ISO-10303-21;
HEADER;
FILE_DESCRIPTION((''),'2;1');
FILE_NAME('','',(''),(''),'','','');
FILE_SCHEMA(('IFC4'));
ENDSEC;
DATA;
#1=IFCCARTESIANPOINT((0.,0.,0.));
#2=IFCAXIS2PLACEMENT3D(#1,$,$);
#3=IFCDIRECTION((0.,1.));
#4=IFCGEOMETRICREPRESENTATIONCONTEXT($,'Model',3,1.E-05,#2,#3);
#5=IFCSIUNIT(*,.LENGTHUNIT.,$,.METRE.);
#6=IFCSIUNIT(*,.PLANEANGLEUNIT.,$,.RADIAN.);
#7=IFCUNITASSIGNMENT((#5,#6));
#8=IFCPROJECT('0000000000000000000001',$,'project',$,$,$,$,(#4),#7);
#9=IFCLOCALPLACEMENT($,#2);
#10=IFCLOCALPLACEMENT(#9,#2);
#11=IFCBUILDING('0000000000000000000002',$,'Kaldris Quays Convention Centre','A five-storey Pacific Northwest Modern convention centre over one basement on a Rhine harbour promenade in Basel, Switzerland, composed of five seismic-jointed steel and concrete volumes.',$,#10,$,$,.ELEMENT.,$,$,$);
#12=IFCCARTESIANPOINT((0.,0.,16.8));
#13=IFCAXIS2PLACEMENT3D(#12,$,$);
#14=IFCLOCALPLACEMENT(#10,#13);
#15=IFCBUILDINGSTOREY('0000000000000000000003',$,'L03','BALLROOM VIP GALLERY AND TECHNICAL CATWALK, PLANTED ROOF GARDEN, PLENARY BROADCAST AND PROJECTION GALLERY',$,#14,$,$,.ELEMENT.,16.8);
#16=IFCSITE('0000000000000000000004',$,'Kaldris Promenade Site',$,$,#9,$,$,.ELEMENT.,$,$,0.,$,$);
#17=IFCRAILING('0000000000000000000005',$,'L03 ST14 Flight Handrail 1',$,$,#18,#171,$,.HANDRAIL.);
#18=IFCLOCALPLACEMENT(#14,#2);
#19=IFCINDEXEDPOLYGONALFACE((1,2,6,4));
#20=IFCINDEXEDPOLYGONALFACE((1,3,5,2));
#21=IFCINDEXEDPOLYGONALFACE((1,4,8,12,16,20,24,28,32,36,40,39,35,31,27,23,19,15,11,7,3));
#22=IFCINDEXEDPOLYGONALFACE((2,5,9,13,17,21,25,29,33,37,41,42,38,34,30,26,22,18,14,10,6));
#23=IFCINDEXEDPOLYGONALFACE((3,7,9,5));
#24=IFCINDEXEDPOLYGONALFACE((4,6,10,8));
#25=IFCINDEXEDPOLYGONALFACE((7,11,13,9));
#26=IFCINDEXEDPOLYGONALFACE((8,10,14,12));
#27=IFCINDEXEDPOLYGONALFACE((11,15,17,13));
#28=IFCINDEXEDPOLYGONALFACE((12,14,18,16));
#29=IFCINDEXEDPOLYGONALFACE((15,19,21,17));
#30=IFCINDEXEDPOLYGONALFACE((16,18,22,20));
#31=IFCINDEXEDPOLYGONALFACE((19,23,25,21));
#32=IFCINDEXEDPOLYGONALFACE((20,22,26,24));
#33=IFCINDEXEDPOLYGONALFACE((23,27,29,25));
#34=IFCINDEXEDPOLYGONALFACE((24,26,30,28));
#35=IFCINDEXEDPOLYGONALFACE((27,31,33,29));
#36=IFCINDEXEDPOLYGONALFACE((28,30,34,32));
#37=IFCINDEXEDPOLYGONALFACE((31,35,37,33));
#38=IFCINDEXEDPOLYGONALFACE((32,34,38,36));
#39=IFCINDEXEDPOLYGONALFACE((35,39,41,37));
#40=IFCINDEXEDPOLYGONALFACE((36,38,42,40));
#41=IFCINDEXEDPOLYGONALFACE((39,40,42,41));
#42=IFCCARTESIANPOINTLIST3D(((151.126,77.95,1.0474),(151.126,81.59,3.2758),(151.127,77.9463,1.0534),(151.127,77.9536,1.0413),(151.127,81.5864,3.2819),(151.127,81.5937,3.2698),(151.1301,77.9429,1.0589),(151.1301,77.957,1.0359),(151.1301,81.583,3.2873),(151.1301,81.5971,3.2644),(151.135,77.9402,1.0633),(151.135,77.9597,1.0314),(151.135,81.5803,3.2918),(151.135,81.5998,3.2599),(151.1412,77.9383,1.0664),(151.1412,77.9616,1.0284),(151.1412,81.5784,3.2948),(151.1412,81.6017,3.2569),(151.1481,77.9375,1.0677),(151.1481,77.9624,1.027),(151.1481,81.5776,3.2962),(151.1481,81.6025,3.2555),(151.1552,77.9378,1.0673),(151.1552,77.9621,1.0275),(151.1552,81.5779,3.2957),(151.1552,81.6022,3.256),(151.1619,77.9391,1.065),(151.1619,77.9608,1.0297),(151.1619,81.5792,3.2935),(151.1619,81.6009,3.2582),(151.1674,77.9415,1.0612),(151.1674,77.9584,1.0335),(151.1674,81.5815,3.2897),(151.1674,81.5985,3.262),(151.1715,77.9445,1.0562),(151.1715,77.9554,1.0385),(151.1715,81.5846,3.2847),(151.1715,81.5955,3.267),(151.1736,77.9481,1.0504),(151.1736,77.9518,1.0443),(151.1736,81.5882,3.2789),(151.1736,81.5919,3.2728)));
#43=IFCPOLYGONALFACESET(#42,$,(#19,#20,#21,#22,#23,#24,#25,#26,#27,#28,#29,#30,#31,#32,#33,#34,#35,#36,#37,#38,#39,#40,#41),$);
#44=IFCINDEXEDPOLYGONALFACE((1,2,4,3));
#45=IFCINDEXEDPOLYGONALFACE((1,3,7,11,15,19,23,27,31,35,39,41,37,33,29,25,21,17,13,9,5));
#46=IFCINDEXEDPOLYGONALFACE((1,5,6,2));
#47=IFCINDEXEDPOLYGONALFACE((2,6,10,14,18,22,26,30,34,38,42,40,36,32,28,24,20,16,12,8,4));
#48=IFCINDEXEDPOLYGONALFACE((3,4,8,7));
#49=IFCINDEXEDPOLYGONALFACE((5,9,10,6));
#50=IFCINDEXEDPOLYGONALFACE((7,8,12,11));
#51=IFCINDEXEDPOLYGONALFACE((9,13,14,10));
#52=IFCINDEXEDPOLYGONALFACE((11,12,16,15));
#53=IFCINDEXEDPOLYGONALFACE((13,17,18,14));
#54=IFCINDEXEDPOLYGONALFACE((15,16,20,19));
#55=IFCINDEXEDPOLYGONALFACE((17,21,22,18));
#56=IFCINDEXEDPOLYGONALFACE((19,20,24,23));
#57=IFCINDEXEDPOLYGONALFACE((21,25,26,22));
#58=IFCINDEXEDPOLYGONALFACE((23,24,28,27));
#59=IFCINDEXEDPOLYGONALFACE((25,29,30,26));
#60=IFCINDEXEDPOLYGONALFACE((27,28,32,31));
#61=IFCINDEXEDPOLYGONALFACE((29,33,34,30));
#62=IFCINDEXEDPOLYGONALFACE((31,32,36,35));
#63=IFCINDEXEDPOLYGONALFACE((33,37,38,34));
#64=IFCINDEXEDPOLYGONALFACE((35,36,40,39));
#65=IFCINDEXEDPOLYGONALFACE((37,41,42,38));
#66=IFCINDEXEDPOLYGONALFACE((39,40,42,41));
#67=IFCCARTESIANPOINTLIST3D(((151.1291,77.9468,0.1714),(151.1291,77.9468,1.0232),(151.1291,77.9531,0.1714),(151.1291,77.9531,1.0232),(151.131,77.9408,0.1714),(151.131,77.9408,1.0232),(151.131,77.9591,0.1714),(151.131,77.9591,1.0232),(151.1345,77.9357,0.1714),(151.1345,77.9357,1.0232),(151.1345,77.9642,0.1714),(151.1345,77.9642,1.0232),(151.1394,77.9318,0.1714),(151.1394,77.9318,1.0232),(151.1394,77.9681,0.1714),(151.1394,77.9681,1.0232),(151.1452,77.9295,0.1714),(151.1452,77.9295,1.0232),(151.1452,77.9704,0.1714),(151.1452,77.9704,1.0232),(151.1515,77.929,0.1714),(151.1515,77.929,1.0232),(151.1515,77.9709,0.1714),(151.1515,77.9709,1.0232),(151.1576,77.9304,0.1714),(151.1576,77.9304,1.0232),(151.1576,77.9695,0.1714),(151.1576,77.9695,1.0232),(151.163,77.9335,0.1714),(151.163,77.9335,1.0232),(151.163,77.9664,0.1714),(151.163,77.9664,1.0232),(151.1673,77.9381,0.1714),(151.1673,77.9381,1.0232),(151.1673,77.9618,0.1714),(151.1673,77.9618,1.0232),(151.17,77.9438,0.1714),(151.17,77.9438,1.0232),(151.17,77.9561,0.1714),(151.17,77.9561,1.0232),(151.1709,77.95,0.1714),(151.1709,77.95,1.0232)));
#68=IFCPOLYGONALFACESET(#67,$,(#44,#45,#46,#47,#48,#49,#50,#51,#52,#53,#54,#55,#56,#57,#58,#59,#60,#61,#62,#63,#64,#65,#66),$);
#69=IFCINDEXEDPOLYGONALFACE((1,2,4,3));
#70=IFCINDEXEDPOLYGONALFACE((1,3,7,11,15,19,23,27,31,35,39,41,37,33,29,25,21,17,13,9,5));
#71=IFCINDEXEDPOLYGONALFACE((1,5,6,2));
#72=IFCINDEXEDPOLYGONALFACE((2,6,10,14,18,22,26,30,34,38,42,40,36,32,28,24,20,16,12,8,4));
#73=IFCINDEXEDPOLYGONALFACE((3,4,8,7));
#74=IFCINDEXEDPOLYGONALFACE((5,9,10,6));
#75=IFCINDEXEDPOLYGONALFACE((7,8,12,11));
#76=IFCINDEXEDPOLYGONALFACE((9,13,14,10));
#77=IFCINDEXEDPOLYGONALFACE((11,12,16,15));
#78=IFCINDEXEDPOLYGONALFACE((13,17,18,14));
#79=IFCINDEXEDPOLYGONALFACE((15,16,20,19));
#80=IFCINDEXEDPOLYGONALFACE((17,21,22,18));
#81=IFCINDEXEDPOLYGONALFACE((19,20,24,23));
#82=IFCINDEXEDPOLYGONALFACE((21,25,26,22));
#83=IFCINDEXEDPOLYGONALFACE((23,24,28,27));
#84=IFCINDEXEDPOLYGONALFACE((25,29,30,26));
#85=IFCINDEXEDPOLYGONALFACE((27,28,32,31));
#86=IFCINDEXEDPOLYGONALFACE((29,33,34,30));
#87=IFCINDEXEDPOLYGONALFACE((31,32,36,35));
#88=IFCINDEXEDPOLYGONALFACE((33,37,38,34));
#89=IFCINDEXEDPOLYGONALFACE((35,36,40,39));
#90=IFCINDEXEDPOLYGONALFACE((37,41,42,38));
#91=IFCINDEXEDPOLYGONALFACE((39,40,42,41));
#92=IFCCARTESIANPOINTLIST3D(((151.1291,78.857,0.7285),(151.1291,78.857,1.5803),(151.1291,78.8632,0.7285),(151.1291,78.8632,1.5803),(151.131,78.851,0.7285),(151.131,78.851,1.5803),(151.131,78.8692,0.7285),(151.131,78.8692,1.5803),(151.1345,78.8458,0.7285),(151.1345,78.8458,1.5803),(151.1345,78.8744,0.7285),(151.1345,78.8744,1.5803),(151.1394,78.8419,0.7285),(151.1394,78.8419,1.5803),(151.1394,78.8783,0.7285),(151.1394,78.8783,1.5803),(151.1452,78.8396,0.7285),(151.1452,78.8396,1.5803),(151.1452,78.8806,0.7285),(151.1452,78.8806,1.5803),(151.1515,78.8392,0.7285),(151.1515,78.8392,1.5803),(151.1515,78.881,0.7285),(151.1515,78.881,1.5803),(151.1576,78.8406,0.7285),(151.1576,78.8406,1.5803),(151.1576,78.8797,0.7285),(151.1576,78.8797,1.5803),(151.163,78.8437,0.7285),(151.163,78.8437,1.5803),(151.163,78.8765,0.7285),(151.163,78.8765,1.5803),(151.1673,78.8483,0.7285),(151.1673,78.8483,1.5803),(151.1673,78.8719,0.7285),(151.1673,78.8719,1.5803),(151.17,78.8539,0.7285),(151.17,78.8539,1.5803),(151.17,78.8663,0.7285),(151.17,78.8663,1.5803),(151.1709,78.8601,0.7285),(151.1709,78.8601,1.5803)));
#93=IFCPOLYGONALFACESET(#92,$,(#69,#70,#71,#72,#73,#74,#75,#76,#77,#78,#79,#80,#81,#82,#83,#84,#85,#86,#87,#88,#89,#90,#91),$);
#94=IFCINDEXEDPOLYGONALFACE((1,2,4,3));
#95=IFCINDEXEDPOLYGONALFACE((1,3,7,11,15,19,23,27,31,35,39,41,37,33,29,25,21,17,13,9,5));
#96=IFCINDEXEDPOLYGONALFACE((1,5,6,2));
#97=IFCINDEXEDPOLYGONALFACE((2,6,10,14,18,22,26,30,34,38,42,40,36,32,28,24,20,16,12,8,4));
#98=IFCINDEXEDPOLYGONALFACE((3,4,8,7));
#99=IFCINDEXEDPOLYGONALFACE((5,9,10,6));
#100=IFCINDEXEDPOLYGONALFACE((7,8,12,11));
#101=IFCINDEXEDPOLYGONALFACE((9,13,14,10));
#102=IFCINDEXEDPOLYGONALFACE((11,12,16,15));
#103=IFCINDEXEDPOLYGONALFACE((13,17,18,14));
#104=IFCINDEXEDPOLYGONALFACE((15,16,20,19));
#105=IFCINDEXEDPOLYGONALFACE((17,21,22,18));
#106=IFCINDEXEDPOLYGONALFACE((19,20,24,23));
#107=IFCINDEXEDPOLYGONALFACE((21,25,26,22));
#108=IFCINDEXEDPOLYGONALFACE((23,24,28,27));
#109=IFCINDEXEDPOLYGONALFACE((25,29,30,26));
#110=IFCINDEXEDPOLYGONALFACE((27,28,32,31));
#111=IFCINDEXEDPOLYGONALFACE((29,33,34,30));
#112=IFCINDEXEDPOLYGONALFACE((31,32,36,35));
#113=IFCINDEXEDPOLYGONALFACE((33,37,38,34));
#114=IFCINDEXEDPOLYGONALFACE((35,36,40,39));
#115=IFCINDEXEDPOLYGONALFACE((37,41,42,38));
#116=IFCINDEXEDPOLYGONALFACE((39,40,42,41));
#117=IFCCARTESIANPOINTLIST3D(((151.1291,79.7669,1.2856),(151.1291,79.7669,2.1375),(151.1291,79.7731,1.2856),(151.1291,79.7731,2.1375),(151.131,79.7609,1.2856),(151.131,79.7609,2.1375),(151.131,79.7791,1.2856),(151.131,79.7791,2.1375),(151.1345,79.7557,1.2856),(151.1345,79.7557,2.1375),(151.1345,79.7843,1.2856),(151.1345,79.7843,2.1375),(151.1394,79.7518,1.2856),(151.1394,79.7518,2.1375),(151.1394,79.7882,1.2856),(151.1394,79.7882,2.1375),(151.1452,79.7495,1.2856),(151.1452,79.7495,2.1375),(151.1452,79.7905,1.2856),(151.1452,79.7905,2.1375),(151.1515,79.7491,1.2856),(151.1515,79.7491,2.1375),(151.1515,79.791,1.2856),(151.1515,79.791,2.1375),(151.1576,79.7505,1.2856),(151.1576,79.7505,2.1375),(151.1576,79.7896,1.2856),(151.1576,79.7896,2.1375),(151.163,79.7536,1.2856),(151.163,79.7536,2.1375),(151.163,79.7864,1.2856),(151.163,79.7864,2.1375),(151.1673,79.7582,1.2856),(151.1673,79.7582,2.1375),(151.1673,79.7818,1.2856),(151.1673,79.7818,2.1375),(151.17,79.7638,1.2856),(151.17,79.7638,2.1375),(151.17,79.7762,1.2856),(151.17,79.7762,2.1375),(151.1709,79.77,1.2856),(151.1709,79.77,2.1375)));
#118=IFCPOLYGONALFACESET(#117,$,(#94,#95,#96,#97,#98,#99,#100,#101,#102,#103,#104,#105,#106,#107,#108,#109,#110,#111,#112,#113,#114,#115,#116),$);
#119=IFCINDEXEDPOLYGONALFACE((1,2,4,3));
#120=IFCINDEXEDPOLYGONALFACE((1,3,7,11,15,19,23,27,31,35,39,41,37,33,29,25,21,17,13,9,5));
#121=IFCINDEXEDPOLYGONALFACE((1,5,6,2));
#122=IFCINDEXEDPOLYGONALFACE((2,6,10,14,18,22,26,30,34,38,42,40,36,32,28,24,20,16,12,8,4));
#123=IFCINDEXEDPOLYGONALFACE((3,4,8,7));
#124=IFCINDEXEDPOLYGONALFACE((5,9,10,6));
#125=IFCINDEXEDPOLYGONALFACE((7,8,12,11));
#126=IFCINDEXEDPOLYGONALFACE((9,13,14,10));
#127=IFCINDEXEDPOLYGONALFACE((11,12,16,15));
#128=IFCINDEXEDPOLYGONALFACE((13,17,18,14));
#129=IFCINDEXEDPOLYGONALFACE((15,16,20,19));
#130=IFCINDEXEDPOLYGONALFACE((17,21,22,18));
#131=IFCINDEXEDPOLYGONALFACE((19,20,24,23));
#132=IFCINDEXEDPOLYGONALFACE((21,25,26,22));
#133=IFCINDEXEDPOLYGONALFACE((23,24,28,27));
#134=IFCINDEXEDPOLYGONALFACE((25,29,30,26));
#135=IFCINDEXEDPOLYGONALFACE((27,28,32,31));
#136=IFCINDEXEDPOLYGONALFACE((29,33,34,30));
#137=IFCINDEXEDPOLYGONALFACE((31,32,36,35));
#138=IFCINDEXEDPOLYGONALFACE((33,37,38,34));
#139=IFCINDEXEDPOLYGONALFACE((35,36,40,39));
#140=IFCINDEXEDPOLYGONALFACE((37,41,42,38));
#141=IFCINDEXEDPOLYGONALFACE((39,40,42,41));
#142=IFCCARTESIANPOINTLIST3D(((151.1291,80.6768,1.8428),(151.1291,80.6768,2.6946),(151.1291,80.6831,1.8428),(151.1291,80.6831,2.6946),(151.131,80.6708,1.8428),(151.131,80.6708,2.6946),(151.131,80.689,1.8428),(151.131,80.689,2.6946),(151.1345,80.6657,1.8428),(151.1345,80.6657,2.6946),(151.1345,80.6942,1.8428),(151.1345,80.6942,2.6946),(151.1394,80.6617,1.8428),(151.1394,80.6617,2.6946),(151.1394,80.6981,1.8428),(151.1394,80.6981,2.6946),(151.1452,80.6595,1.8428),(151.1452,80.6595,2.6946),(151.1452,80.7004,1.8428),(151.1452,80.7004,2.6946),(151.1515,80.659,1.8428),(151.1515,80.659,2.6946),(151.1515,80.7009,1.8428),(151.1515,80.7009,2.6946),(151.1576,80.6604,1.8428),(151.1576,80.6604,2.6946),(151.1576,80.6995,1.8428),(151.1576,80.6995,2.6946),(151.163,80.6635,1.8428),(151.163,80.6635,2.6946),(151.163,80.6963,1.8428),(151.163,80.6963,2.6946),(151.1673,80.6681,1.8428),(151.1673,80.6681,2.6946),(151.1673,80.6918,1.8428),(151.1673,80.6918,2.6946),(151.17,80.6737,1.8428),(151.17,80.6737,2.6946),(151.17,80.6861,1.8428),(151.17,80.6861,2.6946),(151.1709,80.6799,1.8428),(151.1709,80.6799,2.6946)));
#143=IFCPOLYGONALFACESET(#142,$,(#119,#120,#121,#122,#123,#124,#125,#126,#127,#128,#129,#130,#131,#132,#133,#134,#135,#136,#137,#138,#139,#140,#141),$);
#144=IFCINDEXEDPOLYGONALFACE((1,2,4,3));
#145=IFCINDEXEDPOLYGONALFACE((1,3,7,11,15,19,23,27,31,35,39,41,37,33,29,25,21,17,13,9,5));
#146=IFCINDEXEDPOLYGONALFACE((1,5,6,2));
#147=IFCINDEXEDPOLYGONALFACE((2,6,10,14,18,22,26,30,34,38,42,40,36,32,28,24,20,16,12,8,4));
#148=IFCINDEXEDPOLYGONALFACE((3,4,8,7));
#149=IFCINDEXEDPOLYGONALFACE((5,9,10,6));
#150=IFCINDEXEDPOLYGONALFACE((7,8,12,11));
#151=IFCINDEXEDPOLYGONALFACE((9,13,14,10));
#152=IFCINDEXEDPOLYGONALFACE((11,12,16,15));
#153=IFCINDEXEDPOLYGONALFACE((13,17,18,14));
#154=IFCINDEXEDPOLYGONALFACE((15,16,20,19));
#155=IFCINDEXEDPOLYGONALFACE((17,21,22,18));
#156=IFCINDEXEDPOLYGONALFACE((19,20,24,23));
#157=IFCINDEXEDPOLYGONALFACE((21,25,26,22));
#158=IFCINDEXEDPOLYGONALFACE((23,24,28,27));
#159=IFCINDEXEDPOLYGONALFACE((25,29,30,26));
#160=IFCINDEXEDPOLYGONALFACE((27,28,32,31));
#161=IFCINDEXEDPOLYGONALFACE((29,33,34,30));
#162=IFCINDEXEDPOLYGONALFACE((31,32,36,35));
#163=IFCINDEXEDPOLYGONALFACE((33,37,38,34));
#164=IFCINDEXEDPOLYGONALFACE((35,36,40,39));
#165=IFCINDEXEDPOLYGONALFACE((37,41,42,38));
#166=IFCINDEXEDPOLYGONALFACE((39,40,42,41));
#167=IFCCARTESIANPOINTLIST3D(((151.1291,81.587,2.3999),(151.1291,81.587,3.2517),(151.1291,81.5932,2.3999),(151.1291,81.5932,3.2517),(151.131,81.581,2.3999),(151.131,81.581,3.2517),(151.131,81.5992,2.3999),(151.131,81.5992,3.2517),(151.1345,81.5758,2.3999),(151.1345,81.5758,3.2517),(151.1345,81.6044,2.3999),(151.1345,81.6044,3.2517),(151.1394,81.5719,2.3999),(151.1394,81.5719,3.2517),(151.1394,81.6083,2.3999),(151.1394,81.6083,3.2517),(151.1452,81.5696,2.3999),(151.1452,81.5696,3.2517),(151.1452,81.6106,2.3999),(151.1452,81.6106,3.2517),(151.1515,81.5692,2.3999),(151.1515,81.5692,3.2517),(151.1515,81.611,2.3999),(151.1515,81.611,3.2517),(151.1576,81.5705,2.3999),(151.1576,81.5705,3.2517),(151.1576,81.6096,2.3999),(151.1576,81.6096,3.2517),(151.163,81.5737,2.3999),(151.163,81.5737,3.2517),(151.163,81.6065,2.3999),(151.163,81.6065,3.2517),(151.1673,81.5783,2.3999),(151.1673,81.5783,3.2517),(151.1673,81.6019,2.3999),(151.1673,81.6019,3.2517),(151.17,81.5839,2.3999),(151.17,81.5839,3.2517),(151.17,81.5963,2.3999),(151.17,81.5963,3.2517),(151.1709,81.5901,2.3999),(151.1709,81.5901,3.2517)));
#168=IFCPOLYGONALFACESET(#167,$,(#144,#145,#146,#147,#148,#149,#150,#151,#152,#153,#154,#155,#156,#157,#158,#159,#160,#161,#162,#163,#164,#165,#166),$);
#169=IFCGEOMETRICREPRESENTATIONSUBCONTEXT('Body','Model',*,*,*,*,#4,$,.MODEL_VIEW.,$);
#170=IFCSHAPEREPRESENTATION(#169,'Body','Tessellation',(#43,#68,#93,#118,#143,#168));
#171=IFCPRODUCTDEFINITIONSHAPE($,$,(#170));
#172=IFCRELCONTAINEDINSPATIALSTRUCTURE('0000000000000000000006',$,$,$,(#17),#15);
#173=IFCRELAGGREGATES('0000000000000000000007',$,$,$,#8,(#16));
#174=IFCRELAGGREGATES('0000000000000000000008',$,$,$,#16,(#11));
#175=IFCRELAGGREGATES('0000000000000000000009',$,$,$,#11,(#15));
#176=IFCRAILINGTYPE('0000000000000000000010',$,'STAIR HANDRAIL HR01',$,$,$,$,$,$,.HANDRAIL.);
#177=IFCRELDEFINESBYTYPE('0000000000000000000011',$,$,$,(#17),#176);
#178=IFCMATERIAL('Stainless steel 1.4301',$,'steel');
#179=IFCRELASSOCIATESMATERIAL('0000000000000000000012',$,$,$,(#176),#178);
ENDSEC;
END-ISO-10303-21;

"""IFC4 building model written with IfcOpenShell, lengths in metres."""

from ifc_helpers import new_model, si_unit, direction, frame, origin, origin_2d, place, context, subcontext, project, spatial, circle, extrude, material, type_object, element, save


model = new_model("IFC4")

# Units and contexts
model_context = context("Model", 3, precision=1e-05, world=origin(), true_north=direction((0.0, 1.0)))
body_context = subcontext(model_context, "Body", "Model", "MODEL_VIEW")
ifc_project = project(units=[si_unit("LENGTHUNIT", "METRE"), si_unit("PLANEANGLEUNIT", "RADIAN")], contexts=[model_context])

# Site, building, storey
site_placement = place(None, origin())
site = spatial("IfcSite", under=ifc_project, at=site_placement, Name="Kaldris Promenade Site", CompositionType="ELEMENT", RefElevation=0.0)
building_placement = place(site_placement, origin())
building = spatial("IfcBuilding", under=site, at=building_placement, Name="Kaldris Quays Convention Centre", Description="A five-storey Pacific Northwest Modern convention centre over one basement on a Rhine harbour promenade in Basel, Switzerland, composed of five seismic-jointed steel and concrete volumes.", CompositionType="ELEMENT")
storey_placement = place(building_placement, frame((0.0, 0.0, 16.8)))
storey = spatial("IfcBuildingStorey", under=building, at=storey_placement, Name="L03", Description="BALLROOM VIP GALLERY AND TECHNICAL CATWALK, PLANTED ROOF GARDEN, PLENARY BROADCAST AND PROJECTION GALLERY", CompositionType="ELEMENT", Elevation=16.8)

# Railing
ifc_material_1 = material(Name="Stainless steel 1.4301", Category="steel")
railing_type_1 = type_object("IfcRailingType", Name="STAIR HANDRAIL HR01", PredefinedType="HANDRAIL", material=ifc_material_1)
railing_1_placement = place(storey_placement, frame((151.1499, 77.95, 0.1714)))
element("IfcRailing", 1, at=railing_1_placement, inside=storey, type_object=railing_type_1, Name="L03 ST14 Flight Handrail 1", PredefinedType="HANDRAIL", context=body_context, shape_type="SweptSolid", body=[
    extrude(circle(Radius=0.0239, at=origin_2d()), frame((0.0, 0.0, 0.876), z_axis=(0.0, 0.852866, 0.52213), x_axis=(-1.0, 0.0, 0.0)), (0.0, 0.0, 1.0), 4.2681),
    extrude(circle(Radius=0.021, at=origin_2d()), origin(), (0.0, 0.0, 1.0), 0.8518),
    extrude(circle(Radius=0.021, at=origin_2d()), frame((0.0, 0.9102, 0.5571)), (0.0, 0.0, 1.0), 0.8518),
    extrude(circle(Radius=0.021, at=origin_2d()), frame((0.0, 1.8201, 1.1143)), (0.0, 0.0, 1.0), 0.8518),
    extrude(circle(Radius=0.021, at=origin_2d()), frame((0.0, 2.73, 1.6714)), (0.0, 0.0, 1.0), 0.8518),
    extrude(circle(Radius=0.021, at=origin_2d()), frame((0.0, 3.6401, 2.2285)), (0.0, 0.0, 1.0), 0.8518),
])

save(model, "model.ifc")
